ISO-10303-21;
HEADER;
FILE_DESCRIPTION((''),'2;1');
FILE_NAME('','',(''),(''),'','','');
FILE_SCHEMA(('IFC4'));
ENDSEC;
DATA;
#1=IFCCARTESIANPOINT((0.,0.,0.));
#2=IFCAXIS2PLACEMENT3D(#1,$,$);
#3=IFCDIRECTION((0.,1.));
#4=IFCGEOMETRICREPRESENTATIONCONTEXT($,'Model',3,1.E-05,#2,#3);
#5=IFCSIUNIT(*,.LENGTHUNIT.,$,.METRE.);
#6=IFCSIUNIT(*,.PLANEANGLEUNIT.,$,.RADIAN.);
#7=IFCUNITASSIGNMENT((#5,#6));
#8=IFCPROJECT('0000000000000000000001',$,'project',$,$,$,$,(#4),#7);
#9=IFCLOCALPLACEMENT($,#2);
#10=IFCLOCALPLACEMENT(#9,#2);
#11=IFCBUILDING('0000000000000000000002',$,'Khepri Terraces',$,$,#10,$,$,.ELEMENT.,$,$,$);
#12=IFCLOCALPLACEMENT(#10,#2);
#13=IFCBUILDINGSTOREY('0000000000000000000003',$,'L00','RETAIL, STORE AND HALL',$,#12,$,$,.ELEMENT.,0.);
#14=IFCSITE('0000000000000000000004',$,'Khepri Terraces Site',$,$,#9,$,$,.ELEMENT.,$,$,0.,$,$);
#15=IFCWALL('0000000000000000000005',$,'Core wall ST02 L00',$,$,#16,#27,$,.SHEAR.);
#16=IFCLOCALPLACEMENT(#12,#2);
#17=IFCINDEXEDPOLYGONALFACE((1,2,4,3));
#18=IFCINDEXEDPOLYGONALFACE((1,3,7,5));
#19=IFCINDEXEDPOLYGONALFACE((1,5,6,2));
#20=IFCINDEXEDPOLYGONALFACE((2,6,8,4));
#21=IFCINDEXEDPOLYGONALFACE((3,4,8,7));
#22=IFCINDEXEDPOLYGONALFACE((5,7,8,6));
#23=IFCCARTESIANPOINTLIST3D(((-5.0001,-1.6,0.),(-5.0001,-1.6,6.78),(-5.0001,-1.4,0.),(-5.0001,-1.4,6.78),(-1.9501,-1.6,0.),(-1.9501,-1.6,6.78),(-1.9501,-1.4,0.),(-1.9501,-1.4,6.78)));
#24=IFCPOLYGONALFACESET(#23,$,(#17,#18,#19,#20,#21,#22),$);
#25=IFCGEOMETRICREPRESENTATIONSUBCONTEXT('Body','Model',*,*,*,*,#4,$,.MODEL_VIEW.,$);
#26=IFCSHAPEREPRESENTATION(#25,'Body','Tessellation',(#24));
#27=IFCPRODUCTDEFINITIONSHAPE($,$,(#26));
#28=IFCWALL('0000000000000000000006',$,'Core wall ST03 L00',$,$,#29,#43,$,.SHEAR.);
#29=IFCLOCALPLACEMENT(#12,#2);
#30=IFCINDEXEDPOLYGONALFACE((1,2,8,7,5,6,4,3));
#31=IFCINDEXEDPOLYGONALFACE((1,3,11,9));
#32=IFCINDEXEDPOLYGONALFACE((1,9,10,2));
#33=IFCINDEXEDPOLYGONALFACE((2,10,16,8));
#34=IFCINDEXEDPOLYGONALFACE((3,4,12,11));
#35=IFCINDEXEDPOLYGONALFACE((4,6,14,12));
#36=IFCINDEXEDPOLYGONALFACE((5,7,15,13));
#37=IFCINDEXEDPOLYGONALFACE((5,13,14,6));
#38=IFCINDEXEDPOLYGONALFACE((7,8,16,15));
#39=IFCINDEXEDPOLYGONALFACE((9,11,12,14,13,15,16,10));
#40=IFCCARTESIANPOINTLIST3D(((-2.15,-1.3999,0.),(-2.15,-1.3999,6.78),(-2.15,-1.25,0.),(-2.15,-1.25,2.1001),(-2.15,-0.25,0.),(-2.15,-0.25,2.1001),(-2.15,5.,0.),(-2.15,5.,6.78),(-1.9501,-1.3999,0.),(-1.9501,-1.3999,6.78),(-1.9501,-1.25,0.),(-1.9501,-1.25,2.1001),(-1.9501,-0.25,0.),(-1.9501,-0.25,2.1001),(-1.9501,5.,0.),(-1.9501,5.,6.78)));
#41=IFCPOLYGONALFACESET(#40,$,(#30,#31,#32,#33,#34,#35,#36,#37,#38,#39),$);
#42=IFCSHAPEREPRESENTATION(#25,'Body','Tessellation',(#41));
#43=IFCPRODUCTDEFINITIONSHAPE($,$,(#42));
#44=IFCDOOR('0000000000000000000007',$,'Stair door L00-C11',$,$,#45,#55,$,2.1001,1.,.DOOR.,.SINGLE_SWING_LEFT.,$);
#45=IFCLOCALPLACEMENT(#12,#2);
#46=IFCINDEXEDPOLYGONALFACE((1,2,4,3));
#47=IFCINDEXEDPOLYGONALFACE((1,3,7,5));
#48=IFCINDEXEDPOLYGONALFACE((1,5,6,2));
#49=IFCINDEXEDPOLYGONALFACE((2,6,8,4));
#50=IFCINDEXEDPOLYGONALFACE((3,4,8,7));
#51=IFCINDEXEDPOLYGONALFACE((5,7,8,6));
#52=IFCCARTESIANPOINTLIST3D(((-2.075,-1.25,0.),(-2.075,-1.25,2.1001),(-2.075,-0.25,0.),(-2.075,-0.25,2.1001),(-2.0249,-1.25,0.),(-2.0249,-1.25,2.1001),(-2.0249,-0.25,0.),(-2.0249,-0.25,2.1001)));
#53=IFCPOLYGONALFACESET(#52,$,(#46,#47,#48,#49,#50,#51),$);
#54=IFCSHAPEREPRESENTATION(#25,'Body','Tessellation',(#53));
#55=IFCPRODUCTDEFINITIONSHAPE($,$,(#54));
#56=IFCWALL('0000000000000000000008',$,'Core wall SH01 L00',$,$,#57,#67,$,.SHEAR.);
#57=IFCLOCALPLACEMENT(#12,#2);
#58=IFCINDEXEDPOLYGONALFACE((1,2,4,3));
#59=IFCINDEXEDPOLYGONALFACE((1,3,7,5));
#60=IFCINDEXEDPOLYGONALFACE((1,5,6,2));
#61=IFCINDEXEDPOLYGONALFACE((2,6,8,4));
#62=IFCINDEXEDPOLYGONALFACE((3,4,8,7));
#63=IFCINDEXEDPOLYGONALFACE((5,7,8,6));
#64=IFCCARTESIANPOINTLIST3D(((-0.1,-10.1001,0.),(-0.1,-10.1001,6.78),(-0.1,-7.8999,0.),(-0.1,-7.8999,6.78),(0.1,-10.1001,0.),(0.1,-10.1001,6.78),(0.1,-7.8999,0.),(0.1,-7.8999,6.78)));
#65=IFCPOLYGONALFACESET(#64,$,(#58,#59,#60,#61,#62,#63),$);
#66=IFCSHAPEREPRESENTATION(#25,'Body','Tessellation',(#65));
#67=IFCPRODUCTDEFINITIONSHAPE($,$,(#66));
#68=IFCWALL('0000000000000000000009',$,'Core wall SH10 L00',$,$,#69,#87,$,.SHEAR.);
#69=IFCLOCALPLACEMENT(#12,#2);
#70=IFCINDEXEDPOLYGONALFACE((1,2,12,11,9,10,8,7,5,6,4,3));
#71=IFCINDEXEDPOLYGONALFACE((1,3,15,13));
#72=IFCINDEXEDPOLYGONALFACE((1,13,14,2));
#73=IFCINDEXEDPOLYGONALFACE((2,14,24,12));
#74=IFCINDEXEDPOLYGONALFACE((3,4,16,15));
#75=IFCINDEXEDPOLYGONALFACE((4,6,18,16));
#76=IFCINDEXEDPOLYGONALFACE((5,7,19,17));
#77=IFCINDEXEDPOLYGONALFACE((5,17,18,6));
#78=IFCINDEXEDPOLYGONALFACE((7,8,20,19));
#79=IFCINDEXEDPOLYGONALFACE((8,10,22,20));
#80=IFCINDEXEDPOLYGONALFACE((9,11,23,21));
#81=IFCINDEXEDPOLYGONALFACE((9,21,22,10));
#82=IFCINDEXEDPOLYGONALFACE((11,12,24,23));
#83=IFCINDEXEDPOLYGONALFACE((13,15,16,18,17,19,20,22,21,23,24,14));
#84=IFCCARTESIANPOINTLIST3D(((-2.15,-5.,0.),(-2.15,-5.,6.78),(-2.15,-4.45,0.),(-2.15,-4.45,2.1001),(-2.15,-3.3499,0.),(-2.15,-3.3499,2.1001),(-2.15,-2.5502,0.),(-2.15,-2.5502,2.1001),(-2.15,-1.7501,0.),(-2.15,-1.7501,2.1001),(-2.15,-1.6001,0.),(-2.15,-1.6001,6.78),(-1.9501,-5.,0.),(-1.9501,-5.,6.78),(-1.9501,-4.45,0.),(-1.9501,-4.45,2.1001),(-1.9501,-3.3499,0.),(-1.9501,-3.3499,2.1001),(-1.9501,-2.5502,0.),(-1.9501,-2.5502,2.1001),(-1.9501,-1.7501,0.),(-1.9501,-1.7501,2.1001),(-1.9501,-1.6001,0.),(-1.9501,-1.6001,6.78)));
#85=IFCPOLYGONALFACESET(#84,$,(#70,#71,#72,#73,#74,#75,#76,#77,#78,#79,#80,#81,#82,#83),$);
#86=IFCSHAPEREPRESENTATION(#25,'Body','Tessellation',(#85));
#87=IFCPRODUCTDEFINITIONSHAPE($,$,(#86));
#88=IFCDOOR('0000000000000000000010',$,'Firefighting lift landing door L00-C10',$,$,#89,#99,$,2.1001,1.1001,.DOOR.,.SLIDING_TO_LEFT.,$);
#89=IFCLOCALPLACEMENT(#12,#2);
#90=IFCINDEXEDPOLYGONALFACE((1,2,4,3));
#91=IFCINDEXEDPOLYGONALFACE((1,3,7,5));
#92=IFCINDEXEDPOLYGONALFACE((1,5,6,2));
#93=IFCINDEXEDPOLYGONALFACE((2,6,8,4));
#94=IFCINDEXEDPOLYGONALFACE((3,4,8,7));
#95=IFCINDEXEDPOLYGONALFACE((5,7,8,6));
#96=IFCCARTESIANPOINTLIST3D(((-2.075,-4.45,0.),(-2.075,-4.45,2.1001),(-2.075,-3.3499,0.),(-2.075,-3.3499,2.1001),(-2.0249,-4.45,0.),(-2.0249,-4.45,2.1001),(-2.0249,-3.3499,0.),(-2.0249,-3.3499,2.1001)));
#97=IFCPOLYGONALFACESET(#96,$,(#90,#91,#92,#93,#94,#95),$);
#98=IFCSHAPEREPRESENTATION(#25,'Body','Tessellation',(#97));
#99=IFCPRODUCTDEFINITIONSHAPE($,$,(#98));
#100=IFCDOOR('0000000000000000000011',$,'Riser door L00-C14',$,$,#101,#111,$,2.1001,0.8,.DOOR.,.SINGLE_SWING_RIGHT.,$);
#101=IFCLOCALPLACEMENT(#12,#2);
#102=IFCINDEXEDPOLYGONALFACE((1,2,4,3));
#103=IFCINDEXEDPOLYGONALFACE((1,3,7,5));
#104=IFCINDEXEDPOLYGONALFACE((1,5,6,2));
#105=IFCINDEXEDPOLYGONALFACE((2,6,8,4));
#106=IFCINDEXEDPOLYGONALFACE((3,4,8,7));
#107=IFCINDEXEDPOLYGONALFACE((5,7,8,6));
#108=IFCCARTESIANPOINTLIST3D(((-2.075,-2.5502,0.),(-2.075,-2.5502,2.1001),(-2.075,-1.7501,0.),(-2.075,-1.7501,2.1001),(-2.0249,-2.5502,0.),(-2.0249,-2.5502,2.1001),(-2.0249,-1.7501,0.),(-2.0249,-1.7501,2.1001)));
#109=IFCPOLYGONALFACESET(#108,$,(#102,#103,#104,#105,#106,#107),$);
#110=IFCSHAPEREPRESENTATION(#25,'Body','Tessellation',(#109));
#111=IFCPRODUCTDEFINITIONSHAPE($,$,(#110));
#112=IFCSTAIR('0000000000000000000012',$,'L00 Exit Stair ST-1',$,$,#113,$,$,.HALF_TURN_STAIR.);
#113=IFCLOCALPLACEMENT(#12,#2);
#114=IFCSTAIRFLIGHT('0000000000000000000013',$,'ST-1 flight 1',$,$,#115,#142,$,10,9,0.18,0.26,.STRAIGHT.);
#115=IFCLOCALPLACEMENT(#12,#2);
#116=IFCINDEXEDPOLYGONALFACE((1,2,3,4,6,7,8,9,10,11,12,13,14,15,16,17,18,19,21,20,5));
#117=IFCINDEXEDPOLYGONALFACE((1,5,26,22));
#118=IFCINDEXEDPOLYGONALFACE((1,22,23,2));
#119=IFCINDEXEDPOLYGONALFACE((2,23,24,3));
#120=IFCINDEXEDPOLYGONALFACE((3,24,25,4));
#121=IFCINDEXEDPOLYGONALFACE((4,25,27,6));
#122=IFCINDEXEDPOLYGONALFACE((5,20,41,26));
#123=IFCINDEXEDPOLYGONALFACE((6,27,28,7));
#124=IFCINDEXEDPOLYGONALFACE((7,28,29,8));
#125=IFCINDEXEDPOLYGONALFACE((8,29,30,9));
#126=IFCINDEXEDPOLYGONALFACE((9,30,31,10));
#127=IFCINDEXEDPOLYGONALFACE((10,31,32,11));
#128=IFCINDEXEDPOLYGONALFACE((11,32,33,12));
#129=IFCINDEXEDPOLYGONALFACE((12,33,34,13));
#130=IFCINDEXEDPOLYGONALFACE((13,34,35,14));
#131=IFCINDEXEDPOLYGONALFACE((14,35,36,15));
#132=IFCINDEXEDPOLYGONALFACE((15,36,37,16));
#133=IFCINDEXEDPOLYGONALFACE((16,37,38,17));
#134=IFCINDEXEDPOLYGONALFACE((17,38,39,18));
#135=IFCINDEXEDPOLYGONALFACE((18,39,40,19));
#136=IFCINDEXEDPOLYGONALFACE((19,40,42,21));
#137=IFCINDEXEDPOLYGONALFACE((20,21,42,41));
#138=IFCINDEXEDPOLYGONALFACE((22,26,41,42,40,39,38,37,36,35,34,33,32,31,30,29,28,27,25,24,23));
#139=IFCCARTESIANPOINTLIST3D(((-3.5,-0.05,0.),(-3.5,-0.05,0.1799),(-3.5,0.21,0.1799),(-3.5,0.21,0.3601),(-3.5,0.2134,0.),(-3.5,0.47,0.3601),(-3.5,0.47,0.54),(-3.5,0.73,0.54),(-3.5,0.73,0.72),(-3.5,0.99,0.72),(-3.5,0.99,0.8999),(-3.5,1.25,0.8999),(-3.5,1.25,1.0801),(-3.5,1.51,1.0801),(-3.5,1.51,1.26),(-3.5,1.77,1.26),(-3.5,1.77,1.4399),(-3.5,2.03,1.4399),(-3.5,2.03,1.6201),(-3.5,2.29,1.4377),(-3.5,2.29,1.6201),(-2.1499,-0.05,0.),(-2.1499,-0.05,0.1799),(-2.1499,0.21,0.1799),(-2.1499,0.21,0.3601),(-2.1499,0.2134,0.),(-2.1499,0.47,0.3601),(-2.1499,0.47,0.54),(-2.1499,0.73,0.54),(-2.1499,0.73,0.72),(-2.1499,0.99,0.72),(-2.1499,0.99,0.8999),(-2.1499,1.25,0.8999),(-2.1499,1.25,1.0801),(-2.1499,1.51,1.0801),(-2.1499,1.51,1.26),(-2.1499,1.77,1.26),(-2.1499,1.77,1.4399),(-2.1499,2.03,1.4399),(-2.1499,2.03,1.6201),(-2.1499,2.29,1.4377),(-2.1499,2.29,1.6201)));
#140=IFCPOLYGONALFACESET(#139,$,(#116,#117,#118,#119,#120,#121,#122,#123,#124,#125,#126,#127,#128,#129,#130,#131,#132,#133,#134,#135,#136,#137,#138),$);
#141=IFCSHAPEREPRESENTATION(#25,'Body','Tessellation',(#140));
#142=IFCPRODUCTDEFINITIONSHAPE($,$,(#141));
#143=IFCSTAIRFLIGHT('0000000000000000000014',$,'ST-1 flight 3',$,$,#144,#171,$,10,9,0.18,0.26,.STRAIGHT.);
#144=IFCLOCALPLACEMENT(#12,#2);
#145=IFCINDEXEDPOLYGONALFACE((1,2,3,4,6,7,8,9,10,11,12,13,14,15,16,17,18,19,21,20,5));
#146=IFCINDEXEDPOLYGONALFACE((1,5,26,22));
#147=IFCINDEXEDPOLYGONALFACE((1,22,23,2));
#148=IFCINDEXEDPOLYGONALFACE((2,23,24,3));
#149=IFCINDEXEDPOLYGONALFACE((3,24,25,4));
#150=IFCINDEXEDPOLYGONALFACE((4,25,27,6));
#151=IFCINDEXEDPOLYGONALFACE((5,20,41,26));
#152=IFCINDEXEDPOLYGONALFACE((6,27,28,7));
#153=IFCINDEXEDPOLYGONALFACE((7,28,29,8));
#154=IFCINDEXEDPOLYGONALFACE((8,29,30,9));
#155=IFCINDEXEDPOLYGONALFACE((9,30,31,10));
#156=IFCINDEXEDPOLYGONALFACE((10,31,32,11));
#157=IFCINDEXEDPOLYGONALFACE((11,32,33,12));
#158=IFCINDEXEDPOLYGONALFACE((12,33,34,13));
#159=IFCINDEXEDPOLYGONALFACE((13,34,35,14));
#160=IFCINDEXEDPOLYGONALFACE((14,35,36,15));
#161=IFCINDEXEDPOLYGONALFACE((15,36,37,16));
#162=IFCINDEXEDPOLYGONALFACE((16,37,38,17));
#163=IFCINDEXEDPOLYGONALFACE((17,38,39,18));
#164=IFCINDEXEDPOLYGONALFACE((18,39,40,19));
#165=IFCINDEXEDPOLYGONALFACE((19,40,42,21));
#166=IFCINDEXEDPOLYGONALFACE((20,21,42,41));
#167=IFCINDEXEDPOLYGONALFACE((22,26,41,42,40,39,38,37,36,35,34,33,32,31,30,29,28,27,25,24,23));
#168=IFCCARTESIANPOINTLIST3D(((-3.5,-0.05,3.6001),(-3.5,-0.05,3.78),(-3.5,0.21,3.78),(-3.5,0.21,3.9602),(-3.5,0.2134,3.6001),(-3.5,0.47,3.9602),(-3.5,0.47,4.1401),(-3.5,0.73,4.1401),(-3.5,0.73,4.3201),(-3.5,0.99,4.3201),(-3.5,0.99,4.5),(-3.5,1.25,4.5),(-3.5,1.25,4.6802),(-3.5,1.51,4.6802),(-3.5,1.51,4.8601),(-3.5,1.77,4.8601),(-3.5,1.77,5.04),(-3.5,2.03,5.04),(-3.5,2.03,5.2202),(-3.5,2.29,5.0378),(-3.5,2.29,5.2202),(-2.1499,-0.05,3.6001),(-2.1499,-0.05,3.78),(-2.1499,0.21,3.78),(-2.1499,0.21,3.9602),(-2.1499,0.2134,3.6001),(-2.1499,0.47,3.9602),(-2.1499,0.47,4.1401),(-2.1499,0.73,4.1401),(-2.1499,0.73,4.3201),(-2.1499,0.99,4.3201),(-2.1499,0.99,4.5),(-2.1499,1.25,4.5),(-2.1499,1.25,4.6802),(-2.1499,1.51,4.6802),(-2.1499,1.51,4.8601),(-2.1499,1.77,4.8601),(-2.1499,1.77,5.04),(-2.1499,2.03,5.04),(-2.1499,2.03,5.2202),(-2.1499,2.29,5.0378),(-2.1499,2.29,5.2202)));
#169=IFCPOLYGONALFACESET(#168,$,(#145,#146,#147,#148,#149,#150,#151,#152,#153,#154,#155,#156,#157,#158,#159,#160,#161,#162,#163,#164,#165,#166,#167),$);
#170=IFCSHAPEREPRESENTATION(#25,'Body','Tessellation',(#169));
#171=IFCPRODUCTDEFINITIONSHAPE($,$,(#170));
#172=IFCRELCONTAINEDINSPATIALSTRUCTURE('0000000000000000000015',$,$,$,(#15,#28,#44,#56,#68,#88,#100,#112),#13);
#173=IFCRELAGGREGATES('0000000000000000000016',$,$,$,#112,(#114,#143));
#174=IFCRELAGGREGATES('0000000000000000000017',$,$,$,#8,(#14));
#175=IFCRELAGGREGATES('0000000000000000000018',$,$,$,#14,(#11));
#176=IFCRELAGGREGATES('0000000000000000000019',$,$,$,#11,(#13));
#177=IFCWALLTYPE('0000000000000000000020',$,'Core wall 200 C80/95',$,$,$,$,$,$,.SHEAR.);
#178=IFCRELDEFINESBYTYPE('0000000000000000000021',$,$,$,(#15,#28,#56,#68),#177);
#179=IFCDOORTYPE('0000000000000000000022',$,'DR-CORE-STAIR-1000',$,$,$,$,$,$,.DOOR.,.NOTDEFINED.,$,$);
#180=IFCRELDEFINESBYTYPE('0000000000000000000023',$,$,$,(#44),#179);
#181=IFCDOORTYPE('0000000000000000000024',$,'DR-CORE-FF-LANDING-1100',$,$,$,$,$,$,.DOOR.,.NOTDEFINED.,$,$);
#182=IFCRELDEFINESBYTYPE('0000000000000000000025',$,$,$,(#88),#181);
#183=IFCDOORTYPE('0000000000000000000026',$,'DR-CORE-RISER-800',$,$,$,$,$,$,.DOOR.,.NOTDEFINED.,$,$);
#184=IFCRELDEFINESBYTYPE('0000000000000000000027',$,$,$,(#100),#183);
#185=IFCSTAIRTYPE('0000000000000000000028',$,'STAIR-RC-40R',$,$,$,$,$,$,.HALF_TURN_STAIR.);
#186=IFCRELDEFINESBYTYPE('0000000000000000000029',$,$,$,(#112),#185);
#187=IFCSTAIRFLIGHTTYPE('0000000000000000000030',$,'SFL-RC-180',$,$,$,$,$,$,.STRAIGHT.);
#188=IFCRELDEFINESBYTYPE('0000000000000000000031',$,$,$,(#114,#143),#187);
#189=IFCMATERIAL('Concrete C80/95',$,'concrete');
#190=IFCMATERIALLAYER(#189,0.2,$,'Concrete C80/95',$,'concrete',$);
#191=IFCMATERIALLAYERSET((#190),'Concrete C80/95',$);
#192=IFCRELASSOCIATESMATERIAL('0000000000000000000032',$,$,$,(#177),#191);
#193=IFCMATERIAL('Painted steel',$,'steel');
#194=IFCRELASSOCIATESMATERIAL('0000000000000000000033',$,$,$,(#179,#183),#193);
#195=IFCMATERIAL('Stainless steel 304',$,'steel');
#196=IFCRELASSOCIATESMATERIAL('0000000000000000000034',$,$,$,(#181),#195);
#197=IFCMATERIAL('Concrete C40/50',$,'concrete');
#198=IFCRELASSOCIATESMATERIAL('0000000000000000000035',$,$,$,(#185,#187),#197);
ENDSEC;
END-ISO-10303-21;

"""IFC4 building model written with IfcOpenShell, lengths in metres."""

from ifc_helpers import new_model, si_unit, direction, frame, frame_2d, origin, place, context, subcontext, project, spatial, polyline, rectangle, outline, extrude, material, layer, layer_set, type_object, element, fill, aggregate, save


model = new_model("IFC4")

# Units and contexts
model_context = context("Model", 3, precision=1e-05, world=origin(), true_north=direction((0.0, 1.0)))
body_context = subcontext(model_context, "Body", "Model", "MODEL_VIEW")
ifc_project = project(units=[si_unit("LENGTHUNIT", "METRE"), si_unit("PLANEANGLEUNIT", "RADIAN")], contexts=[model_context])

# Site, building, storey
site_placement = place(None, origin())
site = spatial("IfcSite", under=ifc_project, at=site_placement, Name="Khepri Terraces Site", CompositionType="ELEMENT", RefElevation=0.0)
building_placement = place(site_placement, origin())
building = spatial("IfcBuilding", under=site, at=building_placement, Name="Khepri Terraces", CompositionType="ELEMENT")
storey_placement = place(building_placement, origin())
storey = spatial("IfcBuildingStorey", under=building, at=storey_placement, Name="L00", Description="RETAIL, STORE AND HALL", CompositionType="ELEMENT", Elevation=0.0)

# Wall
ifc_material_1 = material(Name="Concrete C80/95", Category="concrete")
ifc_layer = layer(ifc_material_1, 0.2, Name="Concrete C80/95", Category="concrete")
ifc_layer_set = layer_set([ifc_layer], Name="Concrete C80/95")
wall_type = type_object("IfcWallType", Name="Core wall 200 C80/95", PredefinedType="SHEAR", material=ifc_layer_set)
wall_1_placement = place(storey_placement, frame((-5.0, -1.5, 0.0), z_axis=(0.0, 0.0, 1.0), x_axis=(1.0, 0.0, 0.0)))
element("IfcWall", 1, at=wall_1_placement, inside=storey, type_object=wall_type, Name="Core wall ST02 L00", PredefinedType="SHEAR", context=body_context, shape_type="SweptSolid", body=[
    extrude(rectangle(XDim=3.05, YDim=0.2, at=frame_2d((1.5249, 0.0))), origin(), (0.0, 0.0, 1.0), 6.78),
])

# Wall, opening, door
wall_2_placement = place(storey_placement, frame((-2.05, -1.3999, 0.0), z_axis=(0.0, 0.0, 1.0), x_axis=(0.0, 1.0, 0.0)))
wall_2 = element("IfcWall", 2, at=wall_2_placement, inside=storey, type_object=wall_type, Name="Core wall ST03 L00", PredefinedType="SHEAR", context=body_context, shape_type="SweptSolid", body=[
    extrude(rectangle(XDim=6.3999, YDim=0.2, at=frame_2d((3.2, 0.0))), origin(), (0.0, 0.0, 1.0), 6.78),
])
opening_1_placement = place(wall_2_placement, frame((0.1499, 0.0, 0.0)))
opening_1 = element("IfcOpeningElement", 3, at=opening_1_placement, cuts=wall_2, PredefinedType="OPENING", context=body_context, shape_type="SweptSolid", body=[
    extrude(rectangle(XDim=1.0, YDim=2.1001, at=frame_2d((0.5, 1.05))), frame((0.0, 0.1099, 0.0), z_axis=(0.0, -1.0, 0.0), x_axis=(1.0, 0.0, 0.0)), (0.0, 0.0, 1.0), 0.22),
])
ifc_material_2 = material(Name="Painted steel", Category="steel")
door_type_1 = type_object("IfcDoorType", Name="DR-CORE-STAIR-1000", OperationType="NOTDEFINED", PredefinedType="DOOR", material=ifc_material_2)
door_1_placement = place(opening_1_placement, origin())
door_1 = element("IfcDoor", 4, at=door_1_placement, inside=storey, type_object=door_type_1, Name="Stair door L00-C11", OperationType="SINGLE_SWING_LEFT", OverallHeight=2.1001, OverallWidth=1.0, PredefinedType="DOOR", context=body_context, shape_type="SweptSolid", body=[
    extrude(rectangle(XDim=1.0, YDim=2.1001, at=frame_2d((0.5, 1.05))), frame((0.0, 0.0249, 0.0), z_axis=(0.0, -1.0, 0.0), x_axis=(1.0, 0.0, 0.0)), (0.0, 0.0, 1.0), 0.05),
])
fill(opening_1, door_1)

# Wall
wall_3_placement = place(storey_placement, frame((0.0, -10.1001, 0.0), z_axis=(0.0, 0.0, 1.0), x_axis=(0.0, 1.0, 0.0)))
element("IfcWall", 5, at=wall_3_placement, inside=storey, type_object=wall_type, Name="Core wall SH01 L00", PredefinedType="SHEAR", context=body_context, shape_type="SweptSolid", body=[
    extrude(rectangle(XDim=2.2002, YDim=0.2, at=frame_2d((1.1001, 0.0))), origin(), (0.0, 0.0, 1.0), 6.78),
])

# Wall, openings, doors
wall_4_placement = place(storey_placement, frame((-2.05, -5.0, 0.0), z_axis=(0.0, 0.0, 1.0), x_axis=(0.0, 1.0, 0.0)))
wall_4 = element("IfcWall", 6, at=wall_4_placement, inside=storey, type_object=wall_type, Name="Core wall SH10 L00", PredefinedType="SHEAR", context=body_context, shape_type="SweptSolid", body=[
    extrude(rectangle(XDim=3.3999, YDim=0.2, at=frame_2d((1.7, 0.0))), origin(), (0.0, 0.0, 1.0), 6.78),
])
opening_2_placement = place(wall_4_placement, frame((0.55, 0.0, 0.0)))
opening_2 = element("IfcOpeningElement", 7, at=opening_2_placement, cuts=wall_4, PredefinedType="OPENING", context=body_context, shape_type="SweptSolid", body=[
    extrude(rectangle(XDim=1.1001, YDim=2.1001, at=frame_2d((0.55, 1.05))), frame((0.0, 0.1099, 0.0), z_axis=(0.0, -1.0, 0.0), x_axis=(1.0, 0.0, 0.0)), (0.0, 0.0, 1.0), 0.22),
])
opening_3_placement = place(wall_4_placement, frame((2.45, 0.0, 0.0)))
opening_3 = element("IfcOpeningElement", 8, at=opening_3_placement, cuts=wall_4, PredefinedType="OPENING", context=body_context, shape_type="SweptSolid", body=[
    extrude(rectangle(XDim=0.8, YDim=2.1001, at=frame_2d((0.3999, 1.05))), frame((0.0, 0.1099, 0.0), z_axis=(0.0, -1.0, 0.0), x_axis=(1.0, 0.0, 0.0)), (0.0, 0.0, 1.0), 0.22),
])
ifc_material_3 = material(Name="Stainless steel 304", Category="steel")
door_type_2 = type_object("IfcDoorType", Name="DR-CORE-FF-LANDING-1100", OperationType="NOTDEFINED", PredefinedType="DOOR", material=ifc_material_3)
door_2_placement = place(opening_2_placement, origin())
door_2 = element("IfcDoor", 9, at=door_2_placement, inside=storey, type_object=door_type_2, Name="Firefighting lift landing door L00-C10", OperationType="SLIDING_TO_LEFT", OverallHeight=2.1001, OverallWidth=1.1001, PredefinedType="DOOR", context=body_context, shape_type="SweptSolid", body=[
    extrude(rectangle(XDim=1.1001, YDim=2.1001, at=frame_2d((0.55, 1.05))), frame((0.0, 0.0249, 0.0), z_axis=(0.0, -1.0, 0.0), x_axis=(1.0, 0.0, 0.0)), (0.0, 0.0, 1.0), 0.05),
])
fill(opening_2, door_2)
door_type_3 = type_object("IfcDoorType", Name="DR-CORE-RISER-800", OperationType="NOTDEFINED", PredefinedType="DOOR", material=ifc_material_2)
door_3_placement = place(opening_3_placement, origin())
door_3 = element("IfcDoor", 10, at=door_3_placement, inside=storey, type_object=door_type_3, Name="Riser door L00-C14", OperationType="SINGLE_SWING_RIGHT", OverallHeight=2.1001, OverallWidth=0.8, PredefinedType="DOOR", context=body_context, shape_type="SweptSolid", body=[
    extrude(rectangle(XDim=0.8, YDim=2.1001, at=frame_2d((0.3999, 1.05))), frame((0.0, 0.0249, 0.0), z_axis=(0.0, -1.0, 0.0), x_axis=(1.0, 0.0, 0.0)), (0.0, 0.0, 1.0), 0.05),
])
fill(opening_3, door_3)

# Stair, stair flights
ifc_material_4 = material(Name="Concrete C40/50", Category="concrete")
stair_type = type_object("IfcStairType", Name="STAIR-RC-40R", PredefinedType="HALF_TURN_STAIR", material=ifc_material_4)
stair_placement = place(storey_placement, origin())
stair = element("IfcStair", 11, at=stair_placement, inside=storey, type_object=stair_type, Name="L00 Exit Stair ST-1", PredefinedType="HALF_TURN_STAIR")
stair_flight_type = type_object("IfcStairFlightType", Name="SFL-RC-180", PredefinedType="STRAIGHT", material=ifc_material_4)
stair_flight_1_placement = place(storey_placement, frame((-2.825, -0.05, 0.0), z_axis=(0.0, 0.0, 1.0), x_axis=(0.0, 1.0, 0.0)))
stair_flight_1 = element("IfcStairFlight", 12, at=stair_flight_1_placement, type_object=stair_flight_type, Name="ST-1 flight 1", NumberOfRisers=10, NumberOfTreads=9, PredefinedType="STRAIGHT", RiserHeight=0.18, TreadLength=0.26, context=body_context, shape_type="SweptSolid", body=[
    extrude(outline(polyline([(0.0, 0.0), (0.0, 0.1799), (0.26, 0.1799), (0.26, 0.3601), (0.52, 0.3601), (0.52, 0.54), (0.78, 0.54), (0.78, 0.72), (1.04, 0.72), (1.04, 0.8999), (1.3, 0.8999), (1.3, 1.0801), (1.5601, 1.0801), (1.5601, 1.26), (1.8201, 1.26), (1.8201, 1.4399), (2.0801, 1.4399), (2.0801, 1.6201), (2.3401, 1.6201), (2.3401, 1.8), (2.3401, 1.4377), (0.2634, 0.0), (0.0, 0.0)])), frame((0.0, 0.675, 0.0), z_axis=(0.0, -1.0, 0.0), x_axis=(1.0, 0.0, 0.0)), (0.0, 0.0, 1.0), 1.3501),
])
stair_flight_2_placement = place(storey_placement, frame((-2.825, -0.05, 3.6001), z_axis=(0.0, 0.0, 1.0), x_axis=(0.0, 1.0, 0.0)))
stair_flight_2 = element("IfcStairFlight", 13, at=stair_flight_2_placement, type_object=stair_flight_type, Name="ST-1 flight 3", NumberOfRisers=10, NumberOfTreads=9, PredefinedType="STRAIGHT", RiserHeight=0.18, TreadLength=0.26, context=body_context, shape_type="SweptSolid", body=[
    extrude(outline(polyline([(0.0, 0.0), (0.0, 0.1799), (0.26, 0.1799), (0.26, 0.3601), (0.52, 0.3601), (0.52, 0.54), (0.78, 0.54), (0.78, 0.72), (1.04, 0.72), (1.04, 0.8999), (1.3, 0.8999), (1.3, 1.0801), (1.5601, 1.0801), (1.5601, 1.26), (1.8201, 1.26), (1.8201, 1.4399), (2.0801, 1.4399), (2.0801, 1.6201), (2.3401, 1.6201), (2.3401, 1.8), (2.3401, 1.4377), (0.2634, 0.0), (0.0, 0.0)])), frame((0.0, 0.675, 0.0), z_axis=(0.0, -1.0, 0.0), x_axis=(1.0, 0.0, 0.0)), (0.0, 0.0, 1.0), 1.3501),
])
aggregate(stair, [stair_flight_1, stair_flight_2])

save(model, "model.ifc")
